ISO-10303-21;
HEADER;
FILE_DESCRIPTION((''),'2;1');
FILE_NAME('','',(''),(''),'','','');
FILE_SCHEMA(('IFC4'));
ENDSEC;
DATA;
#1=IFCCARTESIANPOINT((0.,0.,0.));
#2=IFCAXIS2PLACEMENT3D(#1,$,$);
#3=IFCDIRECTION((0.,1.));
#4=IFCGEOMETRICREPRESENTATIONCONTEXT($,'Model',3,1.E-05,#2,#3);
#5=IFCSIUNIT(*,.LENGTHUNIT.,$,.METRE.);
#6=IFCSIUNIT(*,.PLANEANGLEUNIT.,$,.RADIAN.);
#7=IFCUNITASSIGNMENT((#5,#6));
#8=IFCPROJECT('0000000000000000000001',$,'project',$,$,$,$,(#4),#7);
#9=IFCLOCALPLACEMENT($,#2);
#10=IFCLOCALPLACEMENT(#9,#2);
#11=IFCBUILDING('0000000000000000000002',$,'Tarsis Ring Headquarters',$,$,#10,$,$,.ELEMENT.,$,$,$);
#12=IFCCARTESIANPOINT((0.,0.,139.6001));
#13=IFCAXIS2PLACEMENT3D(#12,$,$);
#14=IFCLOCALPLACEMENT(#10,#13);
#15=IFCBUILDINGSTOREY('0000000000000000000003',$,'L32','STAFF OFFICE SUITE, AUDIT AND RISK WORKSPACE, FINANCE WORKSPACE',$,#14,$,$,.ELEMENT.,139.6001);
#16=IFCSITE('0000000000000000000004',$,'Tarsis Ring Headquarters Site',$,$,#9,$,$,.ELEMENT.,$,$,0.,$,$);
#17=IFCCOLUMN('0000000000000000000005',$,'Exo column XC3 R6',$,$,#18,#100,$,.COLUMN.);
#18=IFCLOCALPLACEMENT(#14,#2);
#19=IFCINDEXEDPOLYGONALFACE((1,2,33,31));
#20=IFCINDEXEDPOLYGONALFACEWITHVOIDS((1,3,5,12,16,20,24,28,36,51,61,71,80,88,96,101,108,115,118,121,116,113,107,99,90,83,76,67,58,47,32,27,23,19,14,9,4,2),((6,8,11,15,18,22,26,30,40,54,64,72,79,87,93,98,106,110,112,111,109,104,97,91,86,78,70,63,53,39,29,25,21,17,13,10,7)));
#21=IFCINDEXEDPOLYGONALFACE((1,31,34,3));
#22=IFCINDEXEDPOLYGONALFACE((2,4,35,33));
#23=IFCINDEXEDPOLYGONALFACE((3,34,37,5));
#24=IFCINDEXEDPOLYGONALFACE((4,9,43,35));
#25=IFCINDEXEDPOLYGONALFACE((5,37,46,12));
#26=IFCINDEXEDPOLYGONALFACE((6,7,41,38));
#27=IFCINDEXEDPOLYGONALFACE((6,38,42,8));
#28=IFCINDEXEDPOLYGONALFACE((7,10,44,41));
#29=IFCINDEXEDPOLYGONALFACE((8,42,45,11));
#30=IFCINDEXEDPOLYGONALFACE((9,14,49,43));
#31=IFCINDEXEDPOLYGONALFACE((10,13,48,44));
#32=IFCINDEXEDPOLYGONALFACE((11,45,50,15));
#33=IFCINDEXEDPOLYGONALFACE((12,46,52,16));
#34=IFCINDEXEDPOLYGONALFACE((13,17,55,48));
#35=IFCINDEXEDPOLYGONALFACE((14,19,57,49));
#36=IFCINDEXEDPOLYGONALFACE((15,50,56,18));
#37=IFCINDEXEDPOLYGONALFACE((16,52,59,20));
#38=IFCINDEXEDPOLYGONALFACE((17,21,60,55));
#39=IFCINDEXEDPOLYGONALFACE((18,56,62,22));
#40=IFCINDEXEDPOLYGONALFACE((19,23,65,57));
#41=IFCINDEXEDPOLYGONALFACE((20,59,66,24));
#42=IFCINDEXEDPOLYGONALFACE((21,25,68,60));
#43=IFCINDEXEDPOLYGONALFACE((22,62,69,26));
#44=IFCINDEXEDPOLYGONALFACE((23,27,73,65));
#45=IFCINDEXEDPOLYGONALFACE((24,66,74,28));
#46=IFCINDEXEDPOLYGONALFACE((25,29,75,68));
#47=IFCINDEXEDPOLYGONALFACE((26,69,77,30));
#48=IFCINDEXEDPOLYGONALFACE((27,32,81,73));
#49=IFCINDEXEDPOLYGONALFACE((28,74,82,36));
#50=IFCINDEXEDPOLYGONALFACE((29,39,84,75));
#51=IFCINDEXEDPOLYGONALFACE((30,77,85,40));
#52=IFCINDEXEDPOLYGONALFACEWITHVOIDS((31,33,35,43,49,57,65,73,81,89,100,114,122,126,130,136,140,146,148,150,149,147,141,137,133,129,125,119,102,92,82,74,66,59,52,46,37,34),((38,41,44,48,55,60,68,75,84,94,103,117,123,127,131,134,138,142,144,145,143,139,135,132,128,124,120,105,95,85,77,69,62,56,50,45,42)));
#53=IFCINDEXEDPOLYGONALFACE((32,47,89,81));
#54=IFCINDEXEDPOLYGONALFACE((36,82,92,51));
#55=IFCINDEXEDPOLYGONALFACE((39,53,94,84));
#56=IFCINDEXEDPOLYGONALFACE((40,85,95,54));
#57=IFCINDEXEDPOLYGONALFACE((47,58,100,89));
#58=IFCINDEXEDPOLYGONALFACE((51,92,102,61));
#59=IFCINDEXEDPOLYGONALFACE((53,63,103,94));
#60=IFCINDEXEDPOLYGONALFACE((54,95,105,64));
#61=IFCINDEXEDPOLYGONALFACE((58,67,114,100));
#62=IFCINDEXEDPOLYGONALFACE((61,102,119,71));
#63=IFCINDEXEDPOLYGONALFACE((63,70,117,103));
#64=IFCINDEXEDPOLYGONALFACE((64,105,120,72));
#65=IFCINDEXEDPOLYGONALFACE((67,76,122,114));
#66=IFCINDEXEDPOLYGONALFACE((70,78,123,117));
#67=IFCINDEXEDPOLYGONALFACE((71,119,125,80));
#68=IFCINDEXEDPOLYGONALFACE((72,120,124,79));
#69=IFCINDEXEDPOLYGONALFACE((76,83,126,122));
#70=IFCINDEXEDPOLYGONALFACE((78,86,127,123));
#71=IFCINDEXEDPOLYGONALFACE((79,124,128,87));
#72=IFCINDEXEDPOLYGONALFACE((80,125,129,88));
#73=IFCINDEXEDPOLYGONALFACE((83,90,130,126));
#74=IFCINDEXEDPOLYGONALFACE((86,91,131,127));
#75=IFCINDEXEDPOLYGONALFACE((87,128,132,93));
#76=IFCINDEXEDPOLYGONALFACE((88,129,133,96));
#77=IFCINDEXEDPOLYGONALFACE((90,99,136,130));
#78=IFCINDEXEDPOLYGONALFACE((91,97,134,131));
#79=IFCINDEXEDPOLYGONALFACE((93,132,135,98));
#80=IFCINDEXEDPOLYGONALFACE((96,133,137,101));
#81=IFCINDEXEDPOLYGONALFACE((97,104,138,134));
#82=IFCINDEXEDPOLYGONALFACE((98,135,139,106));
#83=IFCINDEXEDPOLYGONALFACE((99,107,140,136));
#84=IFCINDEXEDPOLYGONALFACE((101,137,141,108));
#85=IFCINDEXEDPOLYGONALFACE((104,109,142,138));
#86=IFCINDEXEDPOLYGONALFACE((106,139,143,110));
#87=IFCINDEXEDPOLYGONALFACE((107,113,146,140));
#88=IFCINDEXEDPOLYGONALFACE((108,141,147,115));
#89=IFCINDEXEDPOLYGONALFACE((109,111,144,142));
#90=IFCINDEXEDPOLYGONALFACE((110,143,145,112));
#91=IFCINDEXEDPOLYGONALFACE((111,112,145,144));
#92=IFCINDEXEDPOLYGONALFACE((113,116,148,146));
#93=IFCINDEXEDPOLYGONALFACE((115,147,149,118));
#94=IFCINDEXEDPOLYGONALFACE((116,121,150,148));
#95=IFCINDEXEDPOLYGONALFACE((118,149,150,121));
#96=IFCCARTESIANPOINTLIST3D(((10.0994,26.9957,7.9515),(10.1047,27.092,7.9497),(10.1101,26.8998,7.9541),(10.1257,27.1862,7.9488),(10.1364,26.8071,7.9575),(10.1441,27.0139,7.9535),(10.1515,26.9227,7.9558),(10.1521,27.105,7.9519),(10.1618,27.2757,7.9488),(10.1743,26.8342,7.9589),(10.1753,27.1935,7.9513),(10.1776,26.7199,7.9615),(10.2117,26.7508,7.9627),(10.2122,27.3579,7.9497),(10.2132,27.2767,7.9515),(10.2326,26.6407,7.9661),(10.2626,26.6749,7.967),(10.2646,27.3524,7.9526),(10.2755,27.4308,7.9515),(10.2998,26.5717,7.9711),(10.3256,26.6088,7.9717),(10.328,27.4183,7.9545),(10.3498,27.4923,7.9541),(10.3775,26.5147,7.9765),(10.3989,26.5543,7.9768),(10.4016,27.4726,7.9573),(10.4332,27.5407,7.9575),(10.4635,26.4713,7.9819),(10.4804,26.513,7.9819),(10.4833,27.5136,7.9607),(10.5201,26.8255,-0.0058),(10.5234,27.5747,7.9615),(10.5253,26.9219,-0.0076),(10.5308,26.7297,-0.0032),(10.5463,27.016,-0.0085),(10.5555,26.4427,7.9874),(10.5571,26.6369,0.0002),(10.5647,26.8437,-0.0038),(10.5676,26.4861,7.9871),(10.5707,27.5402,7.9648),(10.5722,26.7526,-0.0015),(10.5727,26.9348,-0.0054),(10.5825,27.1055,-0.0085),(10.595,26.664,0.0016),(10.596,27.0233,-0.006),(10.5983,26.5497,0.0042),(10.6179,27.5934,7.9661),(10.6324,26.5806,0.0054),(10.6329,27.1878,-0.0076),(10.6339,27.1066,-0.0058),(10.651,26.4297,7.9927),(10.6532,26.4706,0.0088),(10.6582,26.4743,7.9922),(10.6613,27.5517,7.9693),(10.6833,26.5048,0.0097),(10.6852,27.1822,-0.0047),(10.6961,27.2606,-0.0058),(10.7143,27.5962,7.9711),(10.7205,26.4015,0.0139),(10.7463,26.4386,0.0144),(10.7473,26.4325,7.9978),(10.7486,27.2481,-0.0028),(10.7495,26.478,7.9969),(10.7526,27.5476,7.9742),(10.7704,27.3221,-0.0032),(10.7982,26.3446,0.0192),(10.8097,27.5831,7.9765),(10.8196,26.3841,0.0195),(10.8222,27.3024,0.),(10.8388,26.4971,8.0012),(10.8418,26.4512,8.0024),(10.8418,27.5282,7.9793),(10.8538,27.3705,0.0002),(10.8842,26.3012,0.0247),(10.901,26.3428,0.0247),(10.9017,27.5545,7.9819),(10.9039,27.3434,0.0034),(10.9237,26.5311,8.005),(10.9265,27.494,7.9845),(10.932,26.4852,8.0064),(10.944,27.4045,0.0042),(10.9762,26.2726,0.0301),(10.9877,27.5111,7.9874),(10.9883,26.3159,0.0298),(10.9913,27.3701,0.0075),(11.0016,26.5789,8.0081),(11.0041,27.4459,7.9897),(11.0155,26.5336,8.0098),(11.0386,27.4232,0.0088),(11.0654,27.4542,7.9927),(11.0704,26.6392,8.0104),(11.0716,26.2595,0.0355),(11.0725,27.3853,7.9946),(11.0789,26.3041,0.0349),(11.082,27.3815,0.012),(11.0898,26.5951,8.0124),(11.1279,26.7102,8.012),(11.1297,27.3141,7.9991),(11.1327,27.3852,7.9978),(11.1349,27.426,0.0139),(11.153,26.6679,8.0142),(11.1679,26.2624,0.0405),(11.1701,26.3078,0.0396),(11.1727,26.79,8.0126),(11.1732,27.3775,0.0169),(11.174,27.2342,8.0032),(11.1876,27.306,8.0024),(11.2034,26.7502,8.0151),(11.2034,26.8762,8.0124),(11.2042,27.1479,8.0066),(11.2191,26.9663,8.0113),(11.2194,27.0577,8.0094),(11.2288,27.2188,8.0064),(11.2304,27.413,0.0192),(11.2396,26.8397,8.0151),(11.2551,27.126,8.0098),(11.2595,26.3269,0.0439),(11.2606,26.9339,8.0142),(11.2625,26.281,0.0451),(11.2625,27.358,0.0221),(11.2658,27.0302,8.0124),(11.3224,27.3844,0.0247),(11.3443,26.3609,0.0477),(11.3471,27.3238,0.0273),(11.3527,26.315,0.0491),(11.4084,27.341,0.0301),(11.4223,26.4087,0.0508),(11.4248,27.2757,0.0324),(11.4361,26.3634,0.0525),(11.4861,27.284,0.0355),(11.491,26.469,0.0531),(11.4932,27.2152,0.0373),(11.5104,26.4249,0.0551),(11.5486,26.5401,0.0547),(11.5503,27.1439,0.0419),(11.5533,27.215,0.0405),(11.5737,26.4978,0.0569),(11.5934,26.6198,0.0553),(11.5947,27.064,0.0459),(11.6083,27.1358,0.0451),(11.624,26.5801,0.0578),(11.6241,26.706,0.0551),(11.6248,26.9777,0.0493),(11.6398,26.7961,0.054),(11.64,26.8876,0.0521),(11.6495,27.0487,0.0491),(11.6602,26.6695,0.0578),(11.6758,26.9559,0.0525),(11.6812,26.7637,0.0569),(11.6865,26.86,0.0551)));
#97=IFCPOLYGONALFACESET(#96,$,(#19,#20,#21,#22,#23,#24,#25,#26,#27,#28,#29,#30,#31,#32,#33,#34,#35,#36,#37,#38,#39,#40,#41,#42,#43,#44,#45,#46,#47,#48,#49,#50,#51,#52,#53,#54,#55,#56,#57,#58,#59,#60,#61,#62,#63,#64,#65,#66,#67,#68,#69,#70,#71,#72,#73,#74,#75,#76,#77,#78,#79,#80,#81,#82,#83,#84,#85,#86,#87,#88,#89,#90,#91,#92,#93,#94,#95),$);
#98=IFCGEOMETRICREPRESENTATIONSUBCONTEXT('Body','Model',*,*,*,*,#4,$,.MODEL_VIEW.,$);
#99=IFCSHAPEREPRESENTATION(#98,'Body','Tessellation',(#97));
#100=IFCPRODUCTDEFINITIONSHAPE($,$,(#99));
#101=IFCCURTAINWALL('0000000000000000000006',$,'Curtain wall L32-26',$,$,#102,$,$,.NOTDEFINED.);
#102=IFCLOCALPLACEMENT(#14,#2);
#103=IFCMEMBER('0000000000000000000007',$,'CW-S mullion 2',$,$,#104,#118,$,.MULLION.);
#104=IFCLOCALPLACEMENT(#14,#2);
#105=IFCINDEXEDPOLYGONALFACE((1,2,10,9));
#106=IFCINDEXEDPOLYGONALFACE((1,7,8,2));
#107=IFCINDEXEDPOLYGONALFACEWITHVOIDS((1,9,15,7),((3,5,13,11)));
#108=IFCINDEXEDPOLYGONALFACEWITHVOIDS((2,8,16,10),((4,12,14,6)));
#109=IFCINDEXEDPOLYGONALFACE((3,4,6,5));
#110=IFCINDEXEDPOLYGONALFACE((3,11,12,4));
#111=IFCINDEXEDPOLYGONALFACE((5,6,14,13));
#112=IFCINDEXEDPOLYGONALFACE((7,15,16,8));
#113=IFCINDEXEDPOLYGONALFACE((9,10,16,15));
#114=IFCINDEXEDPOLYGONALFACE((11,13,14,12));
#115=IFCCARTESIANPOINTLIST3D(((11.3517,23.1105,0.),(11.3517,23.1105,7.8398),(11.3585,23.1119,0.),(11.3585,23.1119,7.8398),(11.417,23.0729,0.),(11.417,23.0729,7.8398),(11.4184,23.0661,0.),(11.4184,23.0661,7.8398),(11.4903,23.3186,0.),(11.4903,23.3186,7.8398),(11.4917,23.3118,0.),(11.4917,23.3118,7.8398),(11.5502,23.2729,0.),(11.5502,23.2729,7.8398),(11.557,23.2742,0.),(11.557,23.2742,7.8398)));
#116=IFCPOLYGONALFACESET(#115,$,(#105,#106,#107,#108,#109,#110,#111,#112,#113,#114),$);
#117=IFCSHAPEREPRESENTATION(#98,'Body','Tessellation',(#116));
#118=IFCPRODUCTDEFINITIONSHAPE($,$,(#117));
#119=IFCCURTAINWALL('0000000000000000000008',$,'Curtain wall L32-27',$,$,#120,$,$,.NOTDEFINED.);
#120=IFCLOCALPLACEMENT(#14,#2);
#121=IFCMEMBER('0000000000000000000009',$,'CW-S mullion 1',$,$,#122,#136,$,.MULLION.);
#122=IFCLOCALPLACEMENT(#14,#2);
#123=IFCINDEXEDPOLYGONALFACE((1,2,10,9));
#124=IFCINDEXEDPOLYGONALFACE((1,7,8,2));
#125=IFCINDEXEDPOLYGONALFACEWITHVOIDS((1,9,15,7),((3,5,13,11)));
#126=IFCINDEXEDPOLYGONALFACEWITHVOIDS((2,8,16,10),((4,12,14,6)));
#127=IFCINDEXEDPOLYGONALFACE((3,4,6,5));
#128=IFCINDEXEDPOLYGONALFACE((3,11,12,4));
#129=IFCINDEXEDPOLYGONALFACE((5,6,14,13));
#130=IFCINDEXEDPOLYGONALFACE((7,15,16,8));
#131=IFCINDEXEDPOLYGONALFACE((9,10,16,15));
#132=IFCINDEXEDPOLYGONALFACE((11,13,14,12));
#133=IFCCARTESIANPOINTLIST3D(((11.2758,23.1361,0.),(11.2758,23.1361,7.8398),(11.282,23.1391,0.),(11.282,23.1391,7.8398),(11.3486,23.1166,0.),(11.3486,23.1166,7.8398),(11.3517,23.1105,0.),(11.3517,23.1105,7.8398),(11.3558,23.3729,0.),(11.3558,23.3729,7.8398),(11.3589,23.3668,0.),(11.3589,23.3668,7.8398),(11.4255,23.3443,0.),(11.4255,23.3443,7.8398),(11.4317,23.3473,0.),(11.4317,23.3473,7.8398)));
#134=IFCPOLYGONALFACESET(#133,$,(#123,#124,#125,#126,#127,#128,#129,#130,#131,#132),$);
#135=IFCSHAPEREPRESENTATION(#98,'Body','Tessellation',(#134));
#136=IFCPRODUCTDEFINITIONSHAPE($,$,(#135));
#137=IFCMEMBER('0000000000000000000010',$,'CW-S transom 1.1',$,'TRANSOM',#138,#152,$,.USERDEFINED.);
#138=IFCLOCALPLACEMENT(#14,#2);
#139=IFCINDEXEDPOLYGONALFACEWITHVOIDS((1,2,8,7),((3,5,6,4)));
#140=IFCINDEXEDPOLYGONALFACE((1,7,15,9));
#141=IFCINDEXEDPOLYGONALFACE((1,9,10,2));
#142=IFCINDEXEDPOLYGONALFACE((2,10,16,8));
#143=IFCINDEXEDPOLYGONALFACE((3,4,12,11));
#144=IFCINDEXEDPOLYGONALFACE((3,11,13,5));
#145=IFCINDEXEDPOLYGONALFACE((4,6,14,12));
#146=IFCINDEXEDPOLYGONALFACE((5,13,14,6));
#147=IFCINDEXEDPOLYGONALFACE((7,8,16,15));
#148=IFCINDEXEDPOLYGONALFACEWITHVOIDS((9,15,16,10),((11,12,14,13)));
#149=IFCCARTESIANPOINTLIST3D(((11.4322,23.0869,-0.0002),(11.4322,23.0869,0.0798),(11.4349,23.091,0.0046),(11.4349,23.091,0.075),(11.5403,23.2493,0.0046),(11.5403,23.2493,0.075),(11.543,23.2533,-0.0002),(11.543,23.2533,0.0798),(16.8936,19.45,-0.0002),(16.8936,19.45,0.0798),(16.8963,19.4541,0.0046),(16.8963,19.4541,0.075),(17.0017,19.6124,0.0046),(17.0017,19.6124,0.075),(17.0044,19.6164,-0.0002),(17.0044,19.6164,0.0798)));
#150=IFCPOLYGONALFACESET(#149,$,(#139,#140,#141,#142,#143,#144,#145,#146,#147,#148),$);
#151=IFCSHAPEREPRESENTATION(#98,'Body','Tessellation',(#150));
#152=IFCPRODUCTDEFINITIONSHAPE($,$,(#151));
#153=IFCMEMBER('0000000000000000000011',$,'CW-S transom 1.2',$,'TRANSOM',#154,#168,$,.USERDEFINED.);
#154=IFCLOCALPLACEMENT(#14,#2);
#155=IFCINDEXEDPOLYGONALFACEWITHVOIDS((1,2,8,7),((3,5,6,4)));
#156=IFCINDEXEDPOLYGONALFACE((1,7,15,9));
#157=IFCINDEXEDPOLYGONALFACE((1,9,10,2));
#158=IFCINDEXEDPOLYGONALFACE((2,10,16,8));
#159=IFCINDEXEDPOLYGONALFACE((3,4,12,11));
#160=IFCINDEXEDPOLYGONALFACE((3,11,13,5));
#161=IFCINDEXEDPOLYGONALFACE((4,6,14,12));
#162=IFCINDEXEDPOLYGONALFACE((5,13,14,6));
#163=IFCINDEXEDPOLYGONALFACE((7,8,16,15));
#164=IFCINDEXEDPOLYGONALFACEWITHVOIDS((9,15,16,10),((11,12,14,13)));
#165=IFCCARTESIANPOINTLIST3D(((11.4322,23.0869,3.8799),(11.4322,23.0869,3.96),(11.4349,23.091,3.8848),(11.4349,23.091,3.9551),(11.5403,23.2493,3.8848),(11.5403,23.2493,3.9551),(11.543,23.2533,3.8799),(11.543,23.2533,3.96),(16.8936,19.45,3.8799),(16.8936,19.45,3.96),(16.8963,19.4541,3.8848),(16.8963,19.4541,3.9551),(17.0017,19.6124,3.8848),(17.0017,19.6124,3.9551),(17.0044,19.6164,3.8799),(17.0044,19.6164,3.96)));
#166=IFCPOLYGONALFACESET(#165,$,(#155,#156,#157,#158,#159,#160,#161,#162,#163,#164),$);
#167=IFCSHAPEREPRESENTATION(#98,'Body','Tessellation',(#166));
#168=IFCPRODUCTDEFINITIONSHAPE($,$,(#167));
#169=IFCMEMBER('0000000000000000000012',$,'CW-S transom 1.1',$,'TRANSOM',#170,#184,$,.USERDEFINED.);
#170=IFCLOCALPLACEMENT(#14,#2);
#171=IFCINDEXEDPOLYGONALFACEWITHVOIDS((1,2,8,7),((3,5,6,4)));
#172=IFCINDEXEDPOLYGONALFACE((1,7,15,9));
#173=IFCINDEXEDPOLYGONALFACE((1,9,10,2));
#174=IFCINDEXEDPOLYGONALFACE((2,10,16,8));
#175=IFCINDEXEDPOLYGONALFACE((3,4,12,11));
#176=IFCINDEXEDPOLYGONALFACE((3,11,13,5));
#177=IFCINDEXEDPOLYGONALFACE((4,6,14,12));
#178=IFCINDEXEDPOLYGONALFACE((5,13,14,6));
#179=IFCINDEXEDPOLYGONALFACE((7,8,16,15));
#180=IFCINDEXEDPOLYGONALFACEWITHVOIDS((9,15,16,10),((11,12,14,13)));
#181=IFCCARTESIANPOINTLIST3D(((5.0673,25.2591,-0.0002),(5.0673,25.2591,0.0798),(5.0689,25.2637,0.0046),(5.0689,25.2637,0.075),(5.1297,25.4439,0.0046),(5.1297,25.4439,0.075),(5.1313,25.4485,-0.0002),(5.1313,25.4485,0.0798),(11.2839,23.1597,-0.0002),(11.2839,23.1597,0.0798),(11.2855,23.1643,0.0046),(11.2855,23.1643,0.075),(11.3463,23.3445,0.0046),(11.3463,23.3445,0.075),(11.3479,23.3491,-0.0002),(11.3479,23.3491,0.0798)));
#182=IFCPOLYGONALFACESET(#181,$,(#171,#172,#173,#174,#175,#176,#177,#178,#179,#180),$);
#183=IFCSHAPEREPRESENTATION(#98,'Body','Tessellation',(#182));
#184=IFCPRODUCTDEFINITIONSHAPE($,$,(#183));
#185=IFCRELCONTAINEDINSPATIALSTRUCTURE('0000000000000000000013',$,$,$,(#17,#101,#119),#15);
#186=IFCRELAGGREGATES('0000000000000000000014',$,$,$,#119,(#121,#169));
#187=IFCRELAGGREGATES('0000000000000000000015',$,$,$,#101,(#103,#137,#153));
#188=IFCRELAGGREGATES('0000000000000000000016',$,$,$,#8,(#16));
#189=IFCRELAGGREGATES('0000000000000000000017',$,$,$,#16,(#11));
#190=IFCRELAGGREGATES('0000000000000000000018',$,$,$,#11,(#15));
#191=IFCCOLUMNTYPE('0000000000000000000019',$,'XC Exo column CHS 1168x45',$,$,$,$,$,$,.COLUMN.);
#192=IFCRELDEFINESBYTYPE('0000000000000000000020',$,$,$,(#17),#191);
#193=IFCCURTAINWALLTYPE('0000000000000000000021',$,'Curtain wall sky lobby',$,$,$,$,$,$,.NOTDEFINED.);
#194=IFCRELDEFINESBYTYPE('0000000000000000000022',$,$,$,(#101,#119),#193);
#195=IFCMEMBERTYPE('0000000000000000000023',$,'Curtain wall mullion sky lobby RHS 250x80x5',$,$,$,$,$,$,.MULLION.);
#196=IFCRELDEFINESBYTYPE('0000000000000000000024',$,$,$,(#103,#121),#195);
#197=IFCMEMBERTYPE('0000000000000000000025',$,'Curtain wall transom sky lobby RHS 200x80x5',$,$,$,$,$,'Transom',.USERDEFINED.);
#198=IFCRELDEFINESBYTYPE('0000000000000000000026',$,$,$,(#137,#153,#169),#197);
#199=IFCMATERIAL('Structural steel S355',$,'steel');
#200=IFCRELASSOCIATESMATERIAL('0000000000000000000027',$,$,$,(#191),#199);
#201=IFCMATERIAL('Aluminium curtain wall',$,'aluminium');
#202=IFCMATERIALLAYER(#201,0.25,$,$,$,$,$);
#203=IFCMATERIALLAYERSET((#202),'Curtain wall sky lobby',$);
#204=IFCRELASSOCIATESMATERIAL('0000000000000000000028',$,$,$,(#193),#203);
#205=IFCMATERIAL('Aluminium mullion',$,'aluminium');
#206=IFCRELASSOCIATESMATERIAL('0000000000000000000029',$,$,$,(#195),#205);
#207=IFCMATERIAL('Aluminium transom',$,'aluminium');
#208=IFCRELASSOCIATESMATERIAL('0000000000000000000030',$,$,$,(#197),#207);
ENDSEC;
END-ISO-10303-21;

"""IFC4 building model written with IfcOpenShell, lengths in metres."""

from ifc_helpers import new_model, si_unit, direction, frame, origin, origin_2d, place, context, subcontext, project, spatial, hollow_rectangle, hollow_circle, extrude, material, layer, layer_set, material_profile, profile_set, type_object, element, aggregate, save


model = new_model("IFC4")

# Units and contexts
model_context = context("Model", 3, precision=1e-05, world=origin(), true_north=direction((0.0, 1.0)))
body_context = subcontext(model_context, "Body", "Model", "MODEL_VIEW")
ifc_project = project(units=[si_unit("LENGTHUNIT", "METRE"), si_unit("PLANEANGLEUNIT", "RADIAN")], contexts=[model_context])

# Site, building, storey
site_placement = place(None, origin())
site = spatial("IfcSite", under=ifc_project, at=site_placement, Name="Tarsis Ring Headquarters Site", CompositionType="ELEMENT", RefElevation=0.0)
building_placement = place(site_placement, origin())
building = spatial("IfcBuilding", under=site, at=building_placement, Name="Tarsis Ring Headquarters", CompositionType="ELEMENT")
storey_placement = place(building_placement, frame((0.0, 0.0, 139.6001)))
storey = spatial("IfcBuildingStorey", under=building, at=storey_placement, Name="L32", Description="STAFF OFFICE SUITE, AUDIT AND RISK WORKSPACE, FINANCE WORKSPACE", CompositionType="ELEMENT", Elevation=139.6001)

# Column
ifc_material_1 = material(Name="Structural steel S355", Category="steel")
ifc_material_profile_1 = material_profile(ifc_material_1, hollow_circle(Radius=0.5842, WallThickness=0.0449, at=origin_2d()), Name="CHS 1168x45")
ifc_profile_set_1 = profile_set([ifc_material_profile_1], Name="Structural steel S355")
column_type = type_object("IfcColumnType", Name="XC Exo column CHS 1168x45", PredefinedType="COLUMN", material=ifc_profile_set_1)
column_placement = place(storey_placement, frame((11.1033, 26.8428, 0.0247), z_axis=(-0.052778, 0.02135, 0.998378), x_axis=(-0.375006, -0.927023, 0.0)))
element("IfcColumn", 1, at=column_placement, inside=storey, type_object=column_type, Name="Exo column XC3 R6", PredefinedType="COLUMN", context=body_context, shape_type="SweptSolid", body=[
    extrude(hollow_circle(Radius=0.5842, WallThickness=0.0449, at=origin_2d()), origin(), (0.0, 0.0, 1.0), 7.9702),
])

# Curtain walls, members
ifc_material_2 = material(Name="Aluminium curtain wall", Category="aluminium")
ifc_layer_1 = layer(ifc_material_2, 0.25)
ifc_layer_set_1 = layer_set([ifc_layer_1], Name="Curtain wall sky lobby")
curtain_wall_type = type_object("IfcCurtainWallType", Name="Curtain wall sky lobby", PredefinedType="NOTDEFINED", material=ifc_layer_set_1)
curtain_wall_1_placement = place(storey_placement, origin())
curtain_wall_1 = element("IfcCurtainWall", 2, at=curtain_wall_1_placement, inside=storey, type_object=curtain_wall_type, Name="Curtain wall L32-26", PredefinedType="NOTDEFINED")
ifc_material_3 = material(Name="Aluminium mullion", Category="aluminium")
ifc_material_profile_2 = material_profile(ifc_material_3, hollow_rectangle(XDim=0.25, YDim=0.0801, WallThickness=0.0049, at=origin_2d()), Name="RHS 250x80x5")
ifc_profile_set_2 = profile_set([ifc_material_profile_2], Name="Aluminium mullion")
member_type_1 = type_object("IfcMemberType", Name="Curtain wall mullion sky lobby RHS 250x80x5", PredefinedType="MULLION", material=ifc_profile_set_2)
member_1_placement = place(storey_placement, frame((11.4543, 23.1924, 0.0), z_axis=(0.0, 0.0, 1.0), x_axis=(-0.554263, -0.832341, 0.0)))
member_1 = element("IfcMember", 3, at=member_1_placement, type_object=member_type_1, Name="CW-S mullion 2", PredefinedType="MULLION", context=body_context, shape_type="SweptSolid", body=[
    extrude(hollow_rectangle(XDim=0.25, YDim=0.0801, WallThickness=0.0049, at=origin_2d()), origin(), (0.0, 0.0, 1.0), 7.8398),
])
curtain_wall_2_placement = place(storey_placement, origin())
curtain_wall_2 = element("IfcCurtainWall", 4, at=curtain_wall_2_placement, inside=storey, type_object=curtain_wall_type, Name="Curtain wall L32-27", PredefinedType="NOTDEFINED")
member_2_placement = place(storey_placement, frame((11.3538, 23.2417, 0.0), z_axis=(0.0, 0.0, 1.0), x_axis=(-0.319952, -0.947434, 0.0)))
member_2 = element("IfcMember", 5, at=member_2_placement, type_object=member_type_1, Name="CW-S mullion 1", PredefinedType="MULLION", context=body_context, shape_type="SweptSolid", body=[
    extrude(hollow_rectangle(XDim=0.25, YDim=0.0801, WallThickness=0.0049, at=origin_2d()), origin(), (0.0, 0.0, 1.0), 7.8398),
])

# Members
ifc_material_4 = material(Name="Aluminium transom", Category="aluminium")
ifc_material_profile_3 = material_profile(ifc_material_4, hollow_rectangle(XDim=0.2, YDim=0.0801, WallThickness=0.0049, at=origin_2d()), Name="RHS 200x80x5")
ifc_profile_set_3 = profile_set([ifc_material_profile_3], Name="Aluminium transom")
member_type_2 = type_object("IfcMemberType", Name="Curtain wall transom sky lobby RHS 200x80x5", ElementType="Transom", PredefinedType="USERDEFINED", material=ifc_profile_set_3)
member_3_placement = place(storey_placement, frame((16.949, 19.5332, 0.0398), z_axis=(-0.832331, 0.554279, 0.0), x_axis=(-0.554279, -0.832331, 0.0)))
member_3 = element("IfcMember", 6, at=member_3_placement, type_object=member_type_2, Name="CW-S transom 1.1", ObjectType="TRANSOM", PredefinedType="USERDEFINED", context=body_context, shape_type="SweptSolid", body=[
    extrude(hollow_rectangle(XDim=0.2, YDim=0.0801, WallThickness=0.0049, at=origin_2d()), origin(), (0.0, 0.0, 1.0), 6.5615),
])
member_4_placement = place(storey_placement, frame((16.949, 19.5332, 3.9199), z_axis=(-0.832331, 0.554279, 0.0), x_axis=(-0.554279, -0.832331, 0.0)))
member_4 = element("IfcMember", 7, at=member_4_placement, type_object=member_type_2, Name="CW-S transom 1.2", ObjectType="TRANSOM", PredefinedType="USERDEFINED", context=body_context, shape_type="SweptSolid", body=[
    extrude(hollow_rectangle(XDim=0.2, YDim=0.0801, WallThickness=0.0049, at=origin_2d()), origin(), (0.0, 0.0, 1.0), 6.5615),
])
member_5_placement = place(storey_placement, frame((11.3159, 23.2544, 0.0398), z_axis=(-0.947433, 0.319954, 0.0), x_axis=(-0.319954, -0.947433, 0.0)))
member_5 = element("IfcMember", 8, at=member_5_placement, type_object=member_type_2, Name="CW-S transom 1.1", ObjectType="TRANSOM", PredefinedType="USERDEFINED", context=body_context, shape_type="SweptSolid", body=[
    extrude(hollow_rectangle(XDim=0.2, YDim=0.0801, WallThickness=0.0049, at=origin_2d()), origin(), (0.0, 0.0, 1.0), 6.5615),
])
aggregate(curtain_wall_2, [member_2, member_5])

aggregate(curtain_wall_1, [member_1, member_3, member_4])

save(model, "model.ifc")
